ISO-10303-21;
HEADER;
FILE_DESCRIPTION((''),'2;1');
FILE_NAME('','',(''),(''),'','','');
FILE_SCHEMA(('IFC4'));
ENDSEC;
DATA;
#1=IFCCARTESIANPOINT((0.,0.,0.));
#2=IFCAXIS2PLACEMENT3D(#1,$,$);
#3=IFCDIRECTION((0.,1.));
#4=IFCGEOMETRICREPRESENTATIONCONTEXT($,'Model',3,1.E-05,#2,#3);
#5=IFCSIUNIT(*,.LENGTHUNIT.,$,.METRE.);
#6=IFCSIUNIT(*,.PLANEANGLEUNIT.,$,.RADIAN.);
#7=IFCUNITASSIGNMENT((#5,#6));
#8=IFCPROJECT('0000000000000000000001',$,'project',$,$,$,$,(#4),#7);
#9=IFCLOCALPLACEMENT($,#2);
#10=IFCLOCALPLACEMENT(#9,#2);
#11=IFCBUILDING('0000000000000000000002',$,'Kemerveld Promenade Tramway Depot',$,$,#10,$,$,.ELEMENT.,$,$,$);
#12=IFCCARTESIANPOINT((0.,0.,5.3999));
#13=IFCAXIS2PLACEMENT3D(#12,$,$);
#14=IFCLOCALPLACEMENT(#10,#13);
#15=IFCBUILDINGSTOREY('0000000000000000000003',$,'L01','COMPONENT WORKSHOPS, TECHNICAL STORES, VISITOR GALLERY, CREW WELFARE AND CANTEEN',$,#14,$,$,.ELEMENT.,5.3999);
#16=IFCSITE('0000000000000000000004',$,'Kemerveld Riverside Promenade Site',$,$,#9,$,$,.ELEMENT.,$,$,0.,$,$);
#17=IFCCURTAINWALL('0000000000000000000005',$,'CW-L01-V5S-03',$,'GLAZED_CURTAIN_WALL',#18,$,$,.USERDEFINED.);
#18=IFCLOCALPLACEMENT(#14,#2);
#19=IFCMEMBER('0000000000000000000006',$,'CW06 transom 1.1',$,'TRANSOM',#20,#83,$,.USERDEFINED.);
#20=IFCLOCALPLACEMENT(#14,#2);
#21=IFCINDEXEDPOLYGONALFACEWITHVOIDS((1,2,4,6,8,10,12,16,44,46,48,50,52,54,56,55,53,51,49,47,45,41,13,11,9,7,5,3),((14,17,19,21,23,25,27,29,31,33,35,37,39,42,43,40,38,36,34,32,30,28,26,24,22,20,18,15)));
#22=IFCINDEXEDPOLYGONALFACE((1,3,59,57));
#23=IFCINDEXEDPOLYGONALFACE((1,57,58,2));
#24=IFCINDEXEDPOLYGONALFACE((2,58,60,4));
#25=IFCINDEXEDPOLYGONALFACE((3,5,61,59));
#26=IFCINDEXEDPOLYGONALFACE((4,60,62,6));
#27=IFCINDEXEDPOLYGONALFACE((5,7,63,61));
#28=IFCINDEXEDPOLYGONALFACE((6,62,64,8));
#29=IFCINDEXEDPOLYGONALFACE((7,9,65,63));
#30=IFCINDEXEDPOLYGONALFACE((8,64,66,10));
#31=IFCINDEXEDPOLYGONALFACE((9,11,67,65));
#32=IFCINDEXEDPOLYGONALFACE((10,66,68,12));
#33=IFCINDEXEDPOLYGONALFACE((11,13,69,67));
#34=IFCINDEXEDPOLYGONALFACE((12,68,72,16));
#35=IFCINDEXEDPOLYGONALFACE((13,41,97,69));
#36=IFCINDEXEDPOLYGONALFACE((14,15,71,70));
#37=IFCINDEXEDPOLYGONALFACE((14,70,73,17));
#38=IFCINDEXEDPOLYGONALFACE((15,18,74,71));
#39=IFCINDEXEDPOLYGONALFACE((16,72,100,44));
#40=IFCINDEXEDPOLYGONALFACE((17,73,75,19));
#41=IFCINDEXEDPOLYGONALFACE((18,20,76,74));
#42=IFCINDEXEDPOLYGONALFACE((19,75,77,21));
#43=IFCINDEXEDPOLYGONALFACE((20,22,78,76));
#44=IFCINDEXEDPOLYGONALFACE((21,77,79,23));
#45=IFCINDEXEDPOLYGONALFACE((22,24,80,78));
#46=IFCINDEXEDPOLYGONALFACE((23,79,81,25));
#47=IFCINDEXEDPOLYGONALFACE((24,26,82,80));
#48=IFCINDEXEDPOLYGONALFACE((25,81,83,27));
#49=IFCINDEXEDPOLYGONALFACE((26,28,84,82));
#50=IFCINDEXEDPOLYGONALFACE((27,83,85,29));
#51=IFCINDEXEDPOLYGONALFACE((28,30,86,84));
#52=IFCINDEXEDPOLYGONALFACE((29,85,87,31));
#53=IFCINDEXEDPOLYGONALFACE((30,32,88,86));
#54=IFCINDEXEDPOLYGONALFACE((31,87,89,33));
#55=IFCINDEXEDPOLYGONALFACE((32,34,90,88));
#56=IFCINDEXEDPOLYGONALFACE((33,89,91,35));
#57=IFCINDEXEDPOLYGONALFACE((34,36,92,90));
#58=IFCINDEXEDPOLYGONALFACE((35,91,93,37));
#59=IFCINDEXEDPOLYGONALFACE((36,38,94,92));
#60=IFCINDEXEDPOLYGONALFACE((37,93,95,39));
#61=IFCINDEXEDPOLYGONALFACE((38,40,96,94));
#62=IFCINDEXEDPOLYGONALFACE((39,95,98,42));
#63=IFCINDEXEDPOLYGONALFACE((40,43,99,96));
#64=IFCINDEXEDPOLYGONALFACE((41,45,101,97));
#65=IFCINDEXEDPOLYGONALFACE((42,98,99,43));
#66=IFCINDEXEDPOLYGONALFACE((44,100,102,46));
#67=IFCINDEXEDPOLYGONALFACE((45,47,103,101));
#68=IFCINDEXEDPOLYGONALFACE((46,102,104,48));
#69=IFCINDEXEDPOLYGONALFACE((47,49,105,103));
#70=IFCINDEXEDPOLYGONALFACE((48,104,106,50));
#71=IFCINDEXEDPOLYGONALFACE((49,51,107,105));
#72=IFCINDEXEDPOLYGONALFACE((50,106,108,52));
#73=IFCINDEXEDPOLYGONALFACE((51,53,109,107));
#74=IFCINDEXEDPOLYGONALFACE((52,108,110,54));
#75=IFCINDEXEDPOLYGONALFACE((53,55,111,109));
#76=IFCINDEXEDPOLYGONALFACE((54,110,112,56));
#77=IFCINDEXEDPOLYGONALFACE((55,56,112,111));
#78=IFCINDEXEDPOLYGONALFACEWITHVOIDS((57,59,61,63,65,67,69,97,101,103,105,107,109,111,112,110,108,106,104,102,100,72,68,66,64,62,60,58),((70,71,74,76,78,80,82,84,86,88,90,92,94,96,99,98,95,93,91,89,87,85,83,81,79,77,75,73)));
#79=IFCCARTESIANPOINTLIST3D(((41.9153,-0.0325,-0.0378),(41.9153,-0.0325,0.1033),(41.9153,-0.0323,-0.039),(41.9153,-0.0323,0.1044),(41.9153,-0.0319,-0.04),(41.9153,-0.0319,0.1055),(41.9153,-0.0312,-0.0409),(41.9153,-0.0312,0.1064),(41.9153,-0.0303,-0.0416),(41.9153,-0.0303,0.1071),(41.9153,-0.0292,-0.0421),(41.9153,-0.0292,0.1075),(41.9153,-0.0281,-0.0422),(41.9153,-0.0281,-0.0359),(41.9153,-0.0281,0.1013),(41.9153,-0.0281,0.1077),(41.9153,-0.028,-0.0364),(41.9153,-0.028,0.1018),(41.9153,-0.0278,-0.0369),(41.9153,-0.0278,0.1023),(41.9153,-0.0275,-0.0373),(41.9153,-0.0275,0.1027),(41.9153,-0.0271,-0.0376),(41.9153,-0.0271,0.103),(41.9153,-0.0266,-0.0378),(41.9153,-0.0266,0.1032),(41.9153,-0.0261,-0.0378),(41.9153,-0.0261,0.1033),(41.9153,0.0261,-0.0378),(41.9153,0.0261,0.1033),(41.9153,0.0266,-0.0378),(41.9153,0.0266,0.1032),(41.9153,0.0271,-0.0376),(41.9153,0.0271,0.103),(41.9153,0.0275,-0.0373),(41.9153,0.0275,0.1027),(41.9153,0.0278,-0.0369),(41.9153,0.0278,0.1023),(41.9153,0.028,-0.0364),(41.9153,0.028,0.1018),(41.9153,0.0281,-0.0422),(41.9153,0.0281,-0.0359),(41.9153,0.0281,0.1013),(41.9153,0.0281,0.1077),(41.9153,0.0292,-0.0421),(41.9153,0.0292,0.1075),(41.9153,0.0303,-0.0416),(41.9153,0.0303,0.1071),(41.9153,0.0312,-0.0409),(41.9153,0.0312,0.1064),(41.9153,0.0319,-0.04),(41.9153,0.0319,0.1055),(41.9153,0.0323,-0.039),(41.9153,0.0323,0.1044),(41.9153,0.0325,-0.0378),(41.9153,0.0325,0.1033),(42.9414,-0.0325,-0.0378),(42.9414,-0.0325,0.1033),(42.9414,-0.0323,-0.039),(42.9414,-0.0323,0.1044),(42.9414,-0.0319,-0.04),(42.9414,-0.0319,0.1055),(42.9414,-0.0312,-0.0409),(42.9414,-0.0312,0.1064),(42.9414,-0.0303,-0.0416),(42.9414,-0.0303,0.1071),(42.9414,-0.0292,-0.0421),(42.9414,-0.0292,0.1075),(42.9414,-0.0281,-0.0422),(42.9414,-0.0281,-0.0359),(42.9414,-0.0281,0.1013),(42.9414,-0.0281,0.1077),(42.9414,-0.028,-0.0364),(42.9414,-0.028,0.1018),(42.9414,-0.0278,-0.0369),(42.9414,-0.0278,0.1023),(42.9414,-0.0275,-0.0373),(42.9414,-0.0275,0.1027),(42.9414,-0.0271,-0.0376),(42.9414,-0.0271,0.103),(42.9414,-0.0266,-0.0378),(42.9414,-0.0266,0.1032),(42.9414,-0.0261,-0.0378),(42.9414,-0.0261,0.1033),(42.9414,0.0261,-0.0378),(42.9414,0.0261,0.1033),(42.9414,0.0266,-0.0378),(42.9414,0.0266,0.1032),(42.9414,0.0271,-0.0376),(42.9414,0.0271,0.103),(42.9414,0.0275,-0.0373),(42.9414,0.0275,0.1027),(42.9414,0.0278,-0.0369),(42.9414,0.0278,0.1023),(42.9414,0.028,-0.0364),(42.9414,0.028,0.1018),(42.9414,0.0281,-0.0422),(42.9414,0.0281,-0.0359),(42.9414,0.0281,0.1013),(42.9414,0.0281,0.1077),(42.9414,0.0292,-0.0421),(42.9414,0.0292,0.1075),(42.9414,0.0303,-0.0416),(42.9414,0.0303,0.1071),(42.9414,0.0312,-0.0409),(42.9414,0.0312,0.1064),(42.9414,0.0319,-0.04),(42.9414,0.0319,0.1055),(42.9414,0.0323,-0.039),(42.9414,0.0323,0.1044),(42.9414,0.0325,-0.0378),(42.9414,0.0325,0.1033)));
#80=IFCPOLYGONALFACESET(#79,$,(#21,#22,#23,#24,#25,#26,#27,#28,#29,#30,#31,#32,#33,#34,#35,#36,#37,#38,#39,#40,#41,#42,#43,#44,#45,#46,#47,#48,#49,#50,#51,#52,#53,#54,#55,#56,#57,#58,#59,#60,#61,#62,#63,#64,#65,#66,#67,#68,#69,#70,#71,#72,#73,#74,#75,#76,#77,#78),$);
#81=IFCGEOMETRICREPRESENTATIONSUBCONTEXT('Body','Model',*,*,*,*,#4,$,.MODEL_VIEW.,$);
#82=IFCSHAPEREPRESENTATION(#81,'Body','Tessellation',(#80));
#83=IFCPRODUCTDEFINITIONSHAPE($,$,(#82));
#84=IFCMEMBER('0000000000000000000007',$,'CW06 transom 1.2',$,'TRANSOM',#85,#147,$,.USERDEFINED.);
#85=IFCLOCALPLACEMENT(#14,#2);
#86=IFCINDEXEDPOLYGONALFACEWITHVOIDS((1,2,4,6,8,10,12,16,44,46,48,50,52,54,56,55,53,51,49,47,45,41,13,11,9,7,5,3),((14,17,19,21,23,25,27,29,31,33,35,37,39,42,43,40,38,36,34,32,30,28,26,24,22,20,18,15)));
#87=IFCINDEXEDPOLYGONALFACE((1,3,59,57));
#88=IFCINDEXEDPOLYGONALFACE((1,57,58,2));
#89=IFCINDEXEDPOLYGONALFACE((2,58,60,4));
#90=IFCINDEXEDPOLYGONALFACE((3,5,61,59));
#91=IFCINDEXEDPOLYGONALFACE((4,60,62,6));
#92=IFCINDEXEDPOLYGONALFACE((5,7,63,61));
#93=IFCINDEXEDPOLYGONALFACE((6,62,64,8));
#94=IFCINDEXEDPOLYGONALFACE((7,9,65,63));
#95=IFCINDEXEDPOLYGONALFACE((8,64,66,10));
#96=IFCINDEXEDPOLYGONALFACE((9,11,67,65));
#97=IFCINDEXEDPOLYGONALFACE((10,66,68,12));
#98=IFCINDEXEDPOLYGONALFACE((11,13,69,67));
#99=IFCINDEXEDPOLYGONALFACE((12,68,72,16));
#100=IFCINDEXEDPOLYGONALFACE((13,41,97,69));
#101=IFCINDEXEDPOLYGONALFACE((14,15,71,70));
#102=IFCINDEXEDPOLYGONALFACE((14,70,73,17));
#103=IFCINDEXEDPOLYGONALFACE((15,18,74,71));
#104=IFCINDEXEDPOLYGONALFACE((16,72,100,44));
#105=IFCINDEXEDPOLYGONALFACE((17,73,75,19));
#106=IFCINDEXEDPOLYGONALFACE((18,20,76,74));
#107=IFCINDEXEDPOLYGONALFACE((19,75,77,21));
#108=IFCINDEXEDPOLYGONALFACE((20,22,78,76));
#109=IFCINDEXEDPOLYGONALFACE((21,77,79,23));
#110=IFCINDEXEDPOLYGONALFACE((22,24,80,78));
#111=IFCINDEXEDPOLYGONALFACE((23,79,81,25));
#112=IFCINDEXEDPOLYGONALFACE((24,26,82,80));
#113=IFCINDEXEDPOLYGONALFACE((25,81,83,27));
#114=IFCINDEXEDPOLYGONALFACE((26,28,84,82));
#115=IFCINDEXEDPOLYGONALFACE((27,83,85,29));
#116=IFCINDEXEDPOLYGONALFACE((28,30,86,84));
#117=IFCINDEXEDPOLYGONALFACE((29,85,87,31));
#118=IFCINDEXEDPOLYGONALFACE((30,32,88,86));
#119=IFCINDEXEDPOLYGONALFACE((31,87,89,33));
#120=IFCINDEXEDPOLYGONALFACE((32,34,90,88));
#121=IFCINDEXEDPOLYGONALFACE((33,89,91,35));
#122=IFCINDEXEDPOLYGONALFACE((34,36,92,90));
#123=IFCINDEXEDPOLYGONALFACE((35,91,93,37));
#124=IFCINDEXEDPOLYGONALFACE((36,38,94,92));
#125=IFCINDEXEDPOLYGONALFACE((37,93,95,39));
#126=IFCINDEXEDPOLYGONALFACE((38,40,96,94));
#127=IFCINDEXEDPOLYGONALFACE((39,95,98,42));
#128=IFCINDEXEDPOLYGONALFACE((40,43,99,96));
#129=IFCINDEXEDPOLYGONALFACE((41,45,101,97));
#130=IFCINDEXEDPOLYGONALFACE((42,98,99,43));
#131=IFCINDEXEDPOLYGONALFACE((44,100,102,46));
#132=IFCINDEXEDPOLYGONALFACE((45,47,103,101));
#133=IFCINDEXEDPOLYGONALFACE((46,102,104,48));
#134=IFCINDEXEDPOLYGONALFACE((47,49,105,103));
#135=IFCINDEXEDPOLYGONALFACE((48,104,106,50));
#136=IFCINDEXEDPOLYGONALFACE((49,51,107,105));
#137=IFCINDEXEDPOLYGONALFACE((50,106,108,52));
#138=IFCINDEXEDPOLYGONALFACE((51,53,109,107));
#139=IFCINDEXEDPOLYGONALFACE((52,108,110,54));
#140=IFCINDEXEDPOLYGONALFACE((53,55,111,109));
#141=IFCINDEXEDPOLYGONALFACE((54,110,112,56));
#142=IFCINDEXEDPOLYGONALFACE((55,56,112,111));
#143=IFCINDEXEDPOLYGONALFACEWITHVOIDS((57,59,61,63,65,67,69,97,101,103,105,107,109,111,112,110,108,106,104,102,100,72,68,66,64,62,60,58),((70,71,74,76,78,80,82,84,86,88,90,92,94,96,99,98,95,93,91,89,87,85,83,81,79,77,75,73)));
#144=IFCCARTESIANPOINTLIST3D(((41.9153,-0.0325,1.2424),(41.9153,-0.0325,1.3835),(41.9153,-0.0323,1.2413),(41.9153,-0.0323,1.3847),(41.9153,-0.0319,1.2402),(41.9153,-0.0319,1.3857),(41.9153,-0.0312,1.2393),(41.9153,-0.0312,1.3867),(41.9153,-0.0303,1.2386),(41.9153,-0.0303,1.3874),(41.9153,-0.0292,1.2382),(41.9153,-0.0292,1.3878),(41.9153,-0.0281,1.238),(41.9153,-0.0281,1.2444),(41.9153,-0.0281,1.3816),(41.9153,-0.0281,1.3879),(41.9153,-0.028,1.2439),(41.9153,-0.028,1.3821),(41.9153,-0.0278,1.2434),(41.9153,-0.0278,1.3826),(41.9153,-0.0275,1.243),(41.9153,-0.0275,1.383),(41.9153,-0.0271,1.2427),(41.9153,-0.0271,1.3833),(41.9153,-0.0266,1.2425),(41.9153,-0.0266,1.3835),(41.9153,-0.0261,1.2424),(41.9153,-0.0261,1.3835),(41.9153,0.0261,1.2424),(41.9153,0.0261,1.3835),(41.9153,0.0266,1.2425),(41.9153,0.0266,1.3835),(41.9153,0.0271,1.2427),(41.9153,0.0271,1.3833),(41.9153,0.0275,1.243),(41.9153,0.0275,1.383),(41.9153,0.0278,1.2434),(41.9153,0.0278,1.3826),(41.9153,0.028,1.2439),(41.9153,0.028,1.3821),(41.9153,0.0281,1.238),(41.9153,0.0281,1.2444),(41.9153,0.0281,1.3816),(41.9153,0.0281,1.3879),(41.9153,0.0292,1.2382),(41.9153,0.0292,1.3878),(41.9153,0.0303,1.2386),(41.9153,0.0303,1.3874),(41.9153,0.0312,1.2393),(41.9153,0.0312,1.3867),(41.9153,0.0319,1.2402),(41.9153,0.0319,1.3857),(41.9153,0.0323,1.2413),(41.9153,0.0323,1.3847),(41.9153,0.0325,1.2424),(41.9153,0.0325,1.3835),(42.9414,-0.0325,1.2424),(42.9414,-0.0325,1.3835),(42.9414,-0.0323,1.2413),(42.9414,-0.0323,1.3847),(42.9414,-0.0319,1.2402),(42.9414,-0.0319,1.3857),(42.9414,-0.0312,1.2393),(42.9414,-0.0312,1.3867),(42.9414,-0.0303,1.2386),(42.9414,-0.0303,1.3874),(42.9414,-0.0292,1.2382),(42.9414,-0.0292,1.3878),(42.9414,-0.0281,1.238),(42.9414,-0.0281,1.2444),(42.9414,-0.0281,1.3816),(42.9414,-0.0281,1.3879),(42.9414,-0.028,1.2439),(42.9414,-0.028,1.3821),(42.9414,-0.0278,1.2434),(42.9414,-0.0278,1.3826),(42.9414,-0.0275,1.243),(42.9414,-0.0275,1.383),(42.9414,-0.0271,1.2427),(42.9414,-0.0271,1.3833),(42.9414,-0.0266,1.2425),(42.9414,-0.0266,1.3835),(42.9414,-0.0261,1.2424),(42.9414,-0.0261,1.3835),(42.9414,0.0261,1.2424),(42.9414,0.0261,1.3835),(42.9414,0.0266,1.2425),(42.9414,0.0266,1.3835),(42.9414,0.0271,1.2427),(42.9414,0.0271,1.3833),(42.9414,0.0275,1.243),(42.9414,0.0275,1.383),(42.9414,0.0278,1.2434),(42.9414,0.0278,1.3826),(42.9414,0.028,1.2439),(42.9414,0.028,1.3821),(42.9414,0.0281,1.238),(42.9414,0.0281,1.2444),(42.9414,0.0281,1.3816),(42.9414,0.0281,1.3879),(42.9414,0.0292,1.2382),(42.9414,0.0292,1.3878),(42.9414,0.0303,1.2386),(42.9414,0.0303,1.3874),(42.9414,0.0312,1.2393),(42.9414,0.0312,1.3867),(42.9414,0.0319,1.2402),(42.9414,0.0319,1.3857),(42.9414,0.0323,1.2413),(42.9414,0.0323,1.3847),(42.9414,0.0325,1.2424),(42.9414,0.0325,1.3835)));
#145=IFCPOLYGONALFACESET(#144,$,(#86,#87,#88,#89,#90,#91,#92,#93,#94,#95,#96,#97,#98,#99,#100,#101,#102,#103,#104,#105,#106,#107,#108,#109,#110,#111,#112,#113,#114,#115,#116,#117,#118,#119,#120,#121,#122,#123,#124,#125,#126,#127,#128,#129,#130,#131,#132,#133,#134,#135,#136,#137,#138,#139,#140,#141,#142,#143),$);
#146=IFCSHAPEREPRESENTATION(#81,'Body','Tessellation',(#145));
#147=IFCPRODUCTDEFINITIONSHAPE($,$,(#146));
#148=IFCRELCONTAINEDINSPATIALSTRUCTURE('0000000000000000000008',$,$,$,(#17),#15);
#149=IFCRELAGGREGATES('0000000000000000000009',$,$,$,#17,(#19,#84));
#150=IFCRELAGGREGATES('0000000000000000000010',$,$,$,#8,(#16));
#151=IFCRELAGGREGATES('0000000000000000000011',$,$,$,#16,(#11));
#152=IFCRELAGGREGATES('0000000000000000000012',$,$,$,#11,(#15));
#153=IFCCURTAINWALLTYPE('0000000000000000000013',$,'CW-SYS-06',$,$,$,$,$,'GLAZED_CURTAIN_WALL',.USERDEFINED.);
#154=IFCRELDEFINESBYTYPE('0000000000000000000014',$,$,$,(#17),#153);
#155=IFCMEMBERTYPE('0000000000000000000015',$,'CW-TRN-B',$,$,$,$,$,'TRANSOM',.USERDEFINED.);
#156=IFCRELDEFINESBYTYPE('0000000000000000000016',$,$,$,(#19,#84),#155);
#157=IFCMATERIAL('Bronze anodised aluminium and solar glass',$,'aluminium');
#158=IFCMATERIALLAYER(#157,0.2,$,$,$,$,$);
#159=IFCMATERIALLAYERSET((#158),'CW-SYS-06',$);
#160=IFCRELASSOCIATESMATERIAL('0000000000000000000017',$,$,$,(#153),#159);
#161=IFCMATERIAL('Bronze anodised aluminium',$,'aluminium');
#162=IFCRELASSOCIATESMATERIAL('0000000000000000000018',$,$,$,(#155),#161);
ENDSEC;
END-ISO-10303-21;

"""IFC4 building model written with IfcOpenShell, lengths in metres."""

from ifc_helpers import new_model, si_unit, direction, frame, origin, origin_2d, place, context, subcontext, project, spatial, hollow_rectangle, extrude, material, layer, layer_set, material_profile, profile_set, type_object, element, aggregate, save


model = new_model("IFC4")

# Units and contexts
model_context = context("Model", 3, precision=1e-05, world=origin(), true_north=direction((0.0, 1.0)))
body_context = subcontext(model_context, "Body", "Model", "MODEL_VIEW")
ifc_project = project(units=[si_unit("LENGTHUNIT", "METRE"), si_unit("PLANEANGLEUNIT", "RADIAN")], contexts=[model_context])

# Site, building, storey
site_placement = place(None, origin())
site = spatial("IfcSite", under=ifc_project, at=site_placement, Name="Kemerveld Riverside Promenade Site", CompositionType="ELEMENT", RefElevation=0.0)
building_placement = place(site_placement, origin())
building = spatial("IfcBuilding", under=site, at=building_placement, Name="Kemerveld Promenade Tramway Depot", CompositionType="ELEMENT")
storey_placement = place(building_placement, frame((0.0, 0.0, 5.3999)))
storey = spatial("IfcBuildingStorey", under=building, at=storey_placement, Name="L01", Description="COMPONENT WORKSHOPS, TECHNICAL STORES, VISITOR GALLERY, CREW WELFARE AND CANTEEN", CompositionType="ELEMENT", Elevation=5.3999)

# Curtain wall, members
ifc_material_1 = material(Name="Bronze anodised aluminium and solar glass", Category="aluminium")
ifc_layer_1 = layer(ifc_material_1, 0.2)
ifc_layer_set_1 = layer_set([ifc_layer_1], Name="CW-SYS-06")
curtain_wall_type = type_object("IfcCurtainWallType", Name="CW-SYS-06", ElementType="GLAZED_CURTAIN_WALL", PredefinedType="USERDEFINED", material=ifc_layer_set_1)
curtain_wall_placement = place(storey_placement, origin())
curtain_wall = element("IfcCurtainWall", 1, at=curtain_wall_placement, inside=storey, type_object=curtain_wall_type, Name="CW-L01-V5S-03", ObjectType="GLAZED_CURTAIN_WALL", PredefinedType="USERDEFINED")
ifc_material_2 = material(Name="Bronze anodised aluminium", Category="aluminium")
ifc_material_profile_1 = material_profile(ifc_material_2, hollow_rectangle(XDim=0.0649, YDim=0.1499, WallThickness=0.0044, InnerFilletRadius=0.002, OuterFilletRadius=0.0044, at=origin_2d()), Name="CW-TRN-150x65")
ifc_profile_set_1 = profile_set([ifc_material_profile_1], Name="Bronze anodised aluminium")
member_type_1 = type_object("IfcMemberType", Name="CW-TRN-B", ElementType="TRANSOM", PredefinedType="USERDEFINED", material=ifc_profile_set_1)
member_1_placement = place(storey_placement, frame((42.9414, 0.0, 0.0327), z_axis=(-1.0, 0.0, 0.0), x_axis=(0.0, -1.0, 0.0)))
member_1 = element("IfcMember", 2, at=member_1_placement, type_object=member_type_1, Name="CW06 transom 1.1", ObjectType="TRANSOM", PredefinedType="USERDEFINED", context=body_context, shape_type="SweptSolid", body=[
    extrude(hollow_rectangle(XDim=0.0649, YDim=0.1499, WallThickness=0.0044, InnerFilletRadius=0.002, OuterFilletRadius=0.0044, at=origin_2d()), origin(), (0.0, 0.0, 1.0), 1.0261),
])
member_2_placement = place(storey_placement, frame((42.9414, 0.0, 1.313), z_axis=(-1.0, 0.0, 0.0), x_axis=(0.0, -1.0, 0.0)))
member_2 = element("IfcMember", 3, at=member_2_placement, type_object=member_type_1, Name="CW06 transom 1.2", ObjectType="TRANSOM", PredefinedType="USERDEFINED", context=body_context, shape_type="SweptSolid", body=[
    extrude(hollow_rectangle(XDim=0.0649, YDim=0.1499, WallThickness=0.0044, InnerFilletRadius=0.002, OuterFilletRadius=0.0044, at=origin_2d()), origin(), (0.0, 0.0, 1.0), 1.0261),
])
aggregate(curtain_wall, [member_1, member_2])

save(model, "model.ifc")
